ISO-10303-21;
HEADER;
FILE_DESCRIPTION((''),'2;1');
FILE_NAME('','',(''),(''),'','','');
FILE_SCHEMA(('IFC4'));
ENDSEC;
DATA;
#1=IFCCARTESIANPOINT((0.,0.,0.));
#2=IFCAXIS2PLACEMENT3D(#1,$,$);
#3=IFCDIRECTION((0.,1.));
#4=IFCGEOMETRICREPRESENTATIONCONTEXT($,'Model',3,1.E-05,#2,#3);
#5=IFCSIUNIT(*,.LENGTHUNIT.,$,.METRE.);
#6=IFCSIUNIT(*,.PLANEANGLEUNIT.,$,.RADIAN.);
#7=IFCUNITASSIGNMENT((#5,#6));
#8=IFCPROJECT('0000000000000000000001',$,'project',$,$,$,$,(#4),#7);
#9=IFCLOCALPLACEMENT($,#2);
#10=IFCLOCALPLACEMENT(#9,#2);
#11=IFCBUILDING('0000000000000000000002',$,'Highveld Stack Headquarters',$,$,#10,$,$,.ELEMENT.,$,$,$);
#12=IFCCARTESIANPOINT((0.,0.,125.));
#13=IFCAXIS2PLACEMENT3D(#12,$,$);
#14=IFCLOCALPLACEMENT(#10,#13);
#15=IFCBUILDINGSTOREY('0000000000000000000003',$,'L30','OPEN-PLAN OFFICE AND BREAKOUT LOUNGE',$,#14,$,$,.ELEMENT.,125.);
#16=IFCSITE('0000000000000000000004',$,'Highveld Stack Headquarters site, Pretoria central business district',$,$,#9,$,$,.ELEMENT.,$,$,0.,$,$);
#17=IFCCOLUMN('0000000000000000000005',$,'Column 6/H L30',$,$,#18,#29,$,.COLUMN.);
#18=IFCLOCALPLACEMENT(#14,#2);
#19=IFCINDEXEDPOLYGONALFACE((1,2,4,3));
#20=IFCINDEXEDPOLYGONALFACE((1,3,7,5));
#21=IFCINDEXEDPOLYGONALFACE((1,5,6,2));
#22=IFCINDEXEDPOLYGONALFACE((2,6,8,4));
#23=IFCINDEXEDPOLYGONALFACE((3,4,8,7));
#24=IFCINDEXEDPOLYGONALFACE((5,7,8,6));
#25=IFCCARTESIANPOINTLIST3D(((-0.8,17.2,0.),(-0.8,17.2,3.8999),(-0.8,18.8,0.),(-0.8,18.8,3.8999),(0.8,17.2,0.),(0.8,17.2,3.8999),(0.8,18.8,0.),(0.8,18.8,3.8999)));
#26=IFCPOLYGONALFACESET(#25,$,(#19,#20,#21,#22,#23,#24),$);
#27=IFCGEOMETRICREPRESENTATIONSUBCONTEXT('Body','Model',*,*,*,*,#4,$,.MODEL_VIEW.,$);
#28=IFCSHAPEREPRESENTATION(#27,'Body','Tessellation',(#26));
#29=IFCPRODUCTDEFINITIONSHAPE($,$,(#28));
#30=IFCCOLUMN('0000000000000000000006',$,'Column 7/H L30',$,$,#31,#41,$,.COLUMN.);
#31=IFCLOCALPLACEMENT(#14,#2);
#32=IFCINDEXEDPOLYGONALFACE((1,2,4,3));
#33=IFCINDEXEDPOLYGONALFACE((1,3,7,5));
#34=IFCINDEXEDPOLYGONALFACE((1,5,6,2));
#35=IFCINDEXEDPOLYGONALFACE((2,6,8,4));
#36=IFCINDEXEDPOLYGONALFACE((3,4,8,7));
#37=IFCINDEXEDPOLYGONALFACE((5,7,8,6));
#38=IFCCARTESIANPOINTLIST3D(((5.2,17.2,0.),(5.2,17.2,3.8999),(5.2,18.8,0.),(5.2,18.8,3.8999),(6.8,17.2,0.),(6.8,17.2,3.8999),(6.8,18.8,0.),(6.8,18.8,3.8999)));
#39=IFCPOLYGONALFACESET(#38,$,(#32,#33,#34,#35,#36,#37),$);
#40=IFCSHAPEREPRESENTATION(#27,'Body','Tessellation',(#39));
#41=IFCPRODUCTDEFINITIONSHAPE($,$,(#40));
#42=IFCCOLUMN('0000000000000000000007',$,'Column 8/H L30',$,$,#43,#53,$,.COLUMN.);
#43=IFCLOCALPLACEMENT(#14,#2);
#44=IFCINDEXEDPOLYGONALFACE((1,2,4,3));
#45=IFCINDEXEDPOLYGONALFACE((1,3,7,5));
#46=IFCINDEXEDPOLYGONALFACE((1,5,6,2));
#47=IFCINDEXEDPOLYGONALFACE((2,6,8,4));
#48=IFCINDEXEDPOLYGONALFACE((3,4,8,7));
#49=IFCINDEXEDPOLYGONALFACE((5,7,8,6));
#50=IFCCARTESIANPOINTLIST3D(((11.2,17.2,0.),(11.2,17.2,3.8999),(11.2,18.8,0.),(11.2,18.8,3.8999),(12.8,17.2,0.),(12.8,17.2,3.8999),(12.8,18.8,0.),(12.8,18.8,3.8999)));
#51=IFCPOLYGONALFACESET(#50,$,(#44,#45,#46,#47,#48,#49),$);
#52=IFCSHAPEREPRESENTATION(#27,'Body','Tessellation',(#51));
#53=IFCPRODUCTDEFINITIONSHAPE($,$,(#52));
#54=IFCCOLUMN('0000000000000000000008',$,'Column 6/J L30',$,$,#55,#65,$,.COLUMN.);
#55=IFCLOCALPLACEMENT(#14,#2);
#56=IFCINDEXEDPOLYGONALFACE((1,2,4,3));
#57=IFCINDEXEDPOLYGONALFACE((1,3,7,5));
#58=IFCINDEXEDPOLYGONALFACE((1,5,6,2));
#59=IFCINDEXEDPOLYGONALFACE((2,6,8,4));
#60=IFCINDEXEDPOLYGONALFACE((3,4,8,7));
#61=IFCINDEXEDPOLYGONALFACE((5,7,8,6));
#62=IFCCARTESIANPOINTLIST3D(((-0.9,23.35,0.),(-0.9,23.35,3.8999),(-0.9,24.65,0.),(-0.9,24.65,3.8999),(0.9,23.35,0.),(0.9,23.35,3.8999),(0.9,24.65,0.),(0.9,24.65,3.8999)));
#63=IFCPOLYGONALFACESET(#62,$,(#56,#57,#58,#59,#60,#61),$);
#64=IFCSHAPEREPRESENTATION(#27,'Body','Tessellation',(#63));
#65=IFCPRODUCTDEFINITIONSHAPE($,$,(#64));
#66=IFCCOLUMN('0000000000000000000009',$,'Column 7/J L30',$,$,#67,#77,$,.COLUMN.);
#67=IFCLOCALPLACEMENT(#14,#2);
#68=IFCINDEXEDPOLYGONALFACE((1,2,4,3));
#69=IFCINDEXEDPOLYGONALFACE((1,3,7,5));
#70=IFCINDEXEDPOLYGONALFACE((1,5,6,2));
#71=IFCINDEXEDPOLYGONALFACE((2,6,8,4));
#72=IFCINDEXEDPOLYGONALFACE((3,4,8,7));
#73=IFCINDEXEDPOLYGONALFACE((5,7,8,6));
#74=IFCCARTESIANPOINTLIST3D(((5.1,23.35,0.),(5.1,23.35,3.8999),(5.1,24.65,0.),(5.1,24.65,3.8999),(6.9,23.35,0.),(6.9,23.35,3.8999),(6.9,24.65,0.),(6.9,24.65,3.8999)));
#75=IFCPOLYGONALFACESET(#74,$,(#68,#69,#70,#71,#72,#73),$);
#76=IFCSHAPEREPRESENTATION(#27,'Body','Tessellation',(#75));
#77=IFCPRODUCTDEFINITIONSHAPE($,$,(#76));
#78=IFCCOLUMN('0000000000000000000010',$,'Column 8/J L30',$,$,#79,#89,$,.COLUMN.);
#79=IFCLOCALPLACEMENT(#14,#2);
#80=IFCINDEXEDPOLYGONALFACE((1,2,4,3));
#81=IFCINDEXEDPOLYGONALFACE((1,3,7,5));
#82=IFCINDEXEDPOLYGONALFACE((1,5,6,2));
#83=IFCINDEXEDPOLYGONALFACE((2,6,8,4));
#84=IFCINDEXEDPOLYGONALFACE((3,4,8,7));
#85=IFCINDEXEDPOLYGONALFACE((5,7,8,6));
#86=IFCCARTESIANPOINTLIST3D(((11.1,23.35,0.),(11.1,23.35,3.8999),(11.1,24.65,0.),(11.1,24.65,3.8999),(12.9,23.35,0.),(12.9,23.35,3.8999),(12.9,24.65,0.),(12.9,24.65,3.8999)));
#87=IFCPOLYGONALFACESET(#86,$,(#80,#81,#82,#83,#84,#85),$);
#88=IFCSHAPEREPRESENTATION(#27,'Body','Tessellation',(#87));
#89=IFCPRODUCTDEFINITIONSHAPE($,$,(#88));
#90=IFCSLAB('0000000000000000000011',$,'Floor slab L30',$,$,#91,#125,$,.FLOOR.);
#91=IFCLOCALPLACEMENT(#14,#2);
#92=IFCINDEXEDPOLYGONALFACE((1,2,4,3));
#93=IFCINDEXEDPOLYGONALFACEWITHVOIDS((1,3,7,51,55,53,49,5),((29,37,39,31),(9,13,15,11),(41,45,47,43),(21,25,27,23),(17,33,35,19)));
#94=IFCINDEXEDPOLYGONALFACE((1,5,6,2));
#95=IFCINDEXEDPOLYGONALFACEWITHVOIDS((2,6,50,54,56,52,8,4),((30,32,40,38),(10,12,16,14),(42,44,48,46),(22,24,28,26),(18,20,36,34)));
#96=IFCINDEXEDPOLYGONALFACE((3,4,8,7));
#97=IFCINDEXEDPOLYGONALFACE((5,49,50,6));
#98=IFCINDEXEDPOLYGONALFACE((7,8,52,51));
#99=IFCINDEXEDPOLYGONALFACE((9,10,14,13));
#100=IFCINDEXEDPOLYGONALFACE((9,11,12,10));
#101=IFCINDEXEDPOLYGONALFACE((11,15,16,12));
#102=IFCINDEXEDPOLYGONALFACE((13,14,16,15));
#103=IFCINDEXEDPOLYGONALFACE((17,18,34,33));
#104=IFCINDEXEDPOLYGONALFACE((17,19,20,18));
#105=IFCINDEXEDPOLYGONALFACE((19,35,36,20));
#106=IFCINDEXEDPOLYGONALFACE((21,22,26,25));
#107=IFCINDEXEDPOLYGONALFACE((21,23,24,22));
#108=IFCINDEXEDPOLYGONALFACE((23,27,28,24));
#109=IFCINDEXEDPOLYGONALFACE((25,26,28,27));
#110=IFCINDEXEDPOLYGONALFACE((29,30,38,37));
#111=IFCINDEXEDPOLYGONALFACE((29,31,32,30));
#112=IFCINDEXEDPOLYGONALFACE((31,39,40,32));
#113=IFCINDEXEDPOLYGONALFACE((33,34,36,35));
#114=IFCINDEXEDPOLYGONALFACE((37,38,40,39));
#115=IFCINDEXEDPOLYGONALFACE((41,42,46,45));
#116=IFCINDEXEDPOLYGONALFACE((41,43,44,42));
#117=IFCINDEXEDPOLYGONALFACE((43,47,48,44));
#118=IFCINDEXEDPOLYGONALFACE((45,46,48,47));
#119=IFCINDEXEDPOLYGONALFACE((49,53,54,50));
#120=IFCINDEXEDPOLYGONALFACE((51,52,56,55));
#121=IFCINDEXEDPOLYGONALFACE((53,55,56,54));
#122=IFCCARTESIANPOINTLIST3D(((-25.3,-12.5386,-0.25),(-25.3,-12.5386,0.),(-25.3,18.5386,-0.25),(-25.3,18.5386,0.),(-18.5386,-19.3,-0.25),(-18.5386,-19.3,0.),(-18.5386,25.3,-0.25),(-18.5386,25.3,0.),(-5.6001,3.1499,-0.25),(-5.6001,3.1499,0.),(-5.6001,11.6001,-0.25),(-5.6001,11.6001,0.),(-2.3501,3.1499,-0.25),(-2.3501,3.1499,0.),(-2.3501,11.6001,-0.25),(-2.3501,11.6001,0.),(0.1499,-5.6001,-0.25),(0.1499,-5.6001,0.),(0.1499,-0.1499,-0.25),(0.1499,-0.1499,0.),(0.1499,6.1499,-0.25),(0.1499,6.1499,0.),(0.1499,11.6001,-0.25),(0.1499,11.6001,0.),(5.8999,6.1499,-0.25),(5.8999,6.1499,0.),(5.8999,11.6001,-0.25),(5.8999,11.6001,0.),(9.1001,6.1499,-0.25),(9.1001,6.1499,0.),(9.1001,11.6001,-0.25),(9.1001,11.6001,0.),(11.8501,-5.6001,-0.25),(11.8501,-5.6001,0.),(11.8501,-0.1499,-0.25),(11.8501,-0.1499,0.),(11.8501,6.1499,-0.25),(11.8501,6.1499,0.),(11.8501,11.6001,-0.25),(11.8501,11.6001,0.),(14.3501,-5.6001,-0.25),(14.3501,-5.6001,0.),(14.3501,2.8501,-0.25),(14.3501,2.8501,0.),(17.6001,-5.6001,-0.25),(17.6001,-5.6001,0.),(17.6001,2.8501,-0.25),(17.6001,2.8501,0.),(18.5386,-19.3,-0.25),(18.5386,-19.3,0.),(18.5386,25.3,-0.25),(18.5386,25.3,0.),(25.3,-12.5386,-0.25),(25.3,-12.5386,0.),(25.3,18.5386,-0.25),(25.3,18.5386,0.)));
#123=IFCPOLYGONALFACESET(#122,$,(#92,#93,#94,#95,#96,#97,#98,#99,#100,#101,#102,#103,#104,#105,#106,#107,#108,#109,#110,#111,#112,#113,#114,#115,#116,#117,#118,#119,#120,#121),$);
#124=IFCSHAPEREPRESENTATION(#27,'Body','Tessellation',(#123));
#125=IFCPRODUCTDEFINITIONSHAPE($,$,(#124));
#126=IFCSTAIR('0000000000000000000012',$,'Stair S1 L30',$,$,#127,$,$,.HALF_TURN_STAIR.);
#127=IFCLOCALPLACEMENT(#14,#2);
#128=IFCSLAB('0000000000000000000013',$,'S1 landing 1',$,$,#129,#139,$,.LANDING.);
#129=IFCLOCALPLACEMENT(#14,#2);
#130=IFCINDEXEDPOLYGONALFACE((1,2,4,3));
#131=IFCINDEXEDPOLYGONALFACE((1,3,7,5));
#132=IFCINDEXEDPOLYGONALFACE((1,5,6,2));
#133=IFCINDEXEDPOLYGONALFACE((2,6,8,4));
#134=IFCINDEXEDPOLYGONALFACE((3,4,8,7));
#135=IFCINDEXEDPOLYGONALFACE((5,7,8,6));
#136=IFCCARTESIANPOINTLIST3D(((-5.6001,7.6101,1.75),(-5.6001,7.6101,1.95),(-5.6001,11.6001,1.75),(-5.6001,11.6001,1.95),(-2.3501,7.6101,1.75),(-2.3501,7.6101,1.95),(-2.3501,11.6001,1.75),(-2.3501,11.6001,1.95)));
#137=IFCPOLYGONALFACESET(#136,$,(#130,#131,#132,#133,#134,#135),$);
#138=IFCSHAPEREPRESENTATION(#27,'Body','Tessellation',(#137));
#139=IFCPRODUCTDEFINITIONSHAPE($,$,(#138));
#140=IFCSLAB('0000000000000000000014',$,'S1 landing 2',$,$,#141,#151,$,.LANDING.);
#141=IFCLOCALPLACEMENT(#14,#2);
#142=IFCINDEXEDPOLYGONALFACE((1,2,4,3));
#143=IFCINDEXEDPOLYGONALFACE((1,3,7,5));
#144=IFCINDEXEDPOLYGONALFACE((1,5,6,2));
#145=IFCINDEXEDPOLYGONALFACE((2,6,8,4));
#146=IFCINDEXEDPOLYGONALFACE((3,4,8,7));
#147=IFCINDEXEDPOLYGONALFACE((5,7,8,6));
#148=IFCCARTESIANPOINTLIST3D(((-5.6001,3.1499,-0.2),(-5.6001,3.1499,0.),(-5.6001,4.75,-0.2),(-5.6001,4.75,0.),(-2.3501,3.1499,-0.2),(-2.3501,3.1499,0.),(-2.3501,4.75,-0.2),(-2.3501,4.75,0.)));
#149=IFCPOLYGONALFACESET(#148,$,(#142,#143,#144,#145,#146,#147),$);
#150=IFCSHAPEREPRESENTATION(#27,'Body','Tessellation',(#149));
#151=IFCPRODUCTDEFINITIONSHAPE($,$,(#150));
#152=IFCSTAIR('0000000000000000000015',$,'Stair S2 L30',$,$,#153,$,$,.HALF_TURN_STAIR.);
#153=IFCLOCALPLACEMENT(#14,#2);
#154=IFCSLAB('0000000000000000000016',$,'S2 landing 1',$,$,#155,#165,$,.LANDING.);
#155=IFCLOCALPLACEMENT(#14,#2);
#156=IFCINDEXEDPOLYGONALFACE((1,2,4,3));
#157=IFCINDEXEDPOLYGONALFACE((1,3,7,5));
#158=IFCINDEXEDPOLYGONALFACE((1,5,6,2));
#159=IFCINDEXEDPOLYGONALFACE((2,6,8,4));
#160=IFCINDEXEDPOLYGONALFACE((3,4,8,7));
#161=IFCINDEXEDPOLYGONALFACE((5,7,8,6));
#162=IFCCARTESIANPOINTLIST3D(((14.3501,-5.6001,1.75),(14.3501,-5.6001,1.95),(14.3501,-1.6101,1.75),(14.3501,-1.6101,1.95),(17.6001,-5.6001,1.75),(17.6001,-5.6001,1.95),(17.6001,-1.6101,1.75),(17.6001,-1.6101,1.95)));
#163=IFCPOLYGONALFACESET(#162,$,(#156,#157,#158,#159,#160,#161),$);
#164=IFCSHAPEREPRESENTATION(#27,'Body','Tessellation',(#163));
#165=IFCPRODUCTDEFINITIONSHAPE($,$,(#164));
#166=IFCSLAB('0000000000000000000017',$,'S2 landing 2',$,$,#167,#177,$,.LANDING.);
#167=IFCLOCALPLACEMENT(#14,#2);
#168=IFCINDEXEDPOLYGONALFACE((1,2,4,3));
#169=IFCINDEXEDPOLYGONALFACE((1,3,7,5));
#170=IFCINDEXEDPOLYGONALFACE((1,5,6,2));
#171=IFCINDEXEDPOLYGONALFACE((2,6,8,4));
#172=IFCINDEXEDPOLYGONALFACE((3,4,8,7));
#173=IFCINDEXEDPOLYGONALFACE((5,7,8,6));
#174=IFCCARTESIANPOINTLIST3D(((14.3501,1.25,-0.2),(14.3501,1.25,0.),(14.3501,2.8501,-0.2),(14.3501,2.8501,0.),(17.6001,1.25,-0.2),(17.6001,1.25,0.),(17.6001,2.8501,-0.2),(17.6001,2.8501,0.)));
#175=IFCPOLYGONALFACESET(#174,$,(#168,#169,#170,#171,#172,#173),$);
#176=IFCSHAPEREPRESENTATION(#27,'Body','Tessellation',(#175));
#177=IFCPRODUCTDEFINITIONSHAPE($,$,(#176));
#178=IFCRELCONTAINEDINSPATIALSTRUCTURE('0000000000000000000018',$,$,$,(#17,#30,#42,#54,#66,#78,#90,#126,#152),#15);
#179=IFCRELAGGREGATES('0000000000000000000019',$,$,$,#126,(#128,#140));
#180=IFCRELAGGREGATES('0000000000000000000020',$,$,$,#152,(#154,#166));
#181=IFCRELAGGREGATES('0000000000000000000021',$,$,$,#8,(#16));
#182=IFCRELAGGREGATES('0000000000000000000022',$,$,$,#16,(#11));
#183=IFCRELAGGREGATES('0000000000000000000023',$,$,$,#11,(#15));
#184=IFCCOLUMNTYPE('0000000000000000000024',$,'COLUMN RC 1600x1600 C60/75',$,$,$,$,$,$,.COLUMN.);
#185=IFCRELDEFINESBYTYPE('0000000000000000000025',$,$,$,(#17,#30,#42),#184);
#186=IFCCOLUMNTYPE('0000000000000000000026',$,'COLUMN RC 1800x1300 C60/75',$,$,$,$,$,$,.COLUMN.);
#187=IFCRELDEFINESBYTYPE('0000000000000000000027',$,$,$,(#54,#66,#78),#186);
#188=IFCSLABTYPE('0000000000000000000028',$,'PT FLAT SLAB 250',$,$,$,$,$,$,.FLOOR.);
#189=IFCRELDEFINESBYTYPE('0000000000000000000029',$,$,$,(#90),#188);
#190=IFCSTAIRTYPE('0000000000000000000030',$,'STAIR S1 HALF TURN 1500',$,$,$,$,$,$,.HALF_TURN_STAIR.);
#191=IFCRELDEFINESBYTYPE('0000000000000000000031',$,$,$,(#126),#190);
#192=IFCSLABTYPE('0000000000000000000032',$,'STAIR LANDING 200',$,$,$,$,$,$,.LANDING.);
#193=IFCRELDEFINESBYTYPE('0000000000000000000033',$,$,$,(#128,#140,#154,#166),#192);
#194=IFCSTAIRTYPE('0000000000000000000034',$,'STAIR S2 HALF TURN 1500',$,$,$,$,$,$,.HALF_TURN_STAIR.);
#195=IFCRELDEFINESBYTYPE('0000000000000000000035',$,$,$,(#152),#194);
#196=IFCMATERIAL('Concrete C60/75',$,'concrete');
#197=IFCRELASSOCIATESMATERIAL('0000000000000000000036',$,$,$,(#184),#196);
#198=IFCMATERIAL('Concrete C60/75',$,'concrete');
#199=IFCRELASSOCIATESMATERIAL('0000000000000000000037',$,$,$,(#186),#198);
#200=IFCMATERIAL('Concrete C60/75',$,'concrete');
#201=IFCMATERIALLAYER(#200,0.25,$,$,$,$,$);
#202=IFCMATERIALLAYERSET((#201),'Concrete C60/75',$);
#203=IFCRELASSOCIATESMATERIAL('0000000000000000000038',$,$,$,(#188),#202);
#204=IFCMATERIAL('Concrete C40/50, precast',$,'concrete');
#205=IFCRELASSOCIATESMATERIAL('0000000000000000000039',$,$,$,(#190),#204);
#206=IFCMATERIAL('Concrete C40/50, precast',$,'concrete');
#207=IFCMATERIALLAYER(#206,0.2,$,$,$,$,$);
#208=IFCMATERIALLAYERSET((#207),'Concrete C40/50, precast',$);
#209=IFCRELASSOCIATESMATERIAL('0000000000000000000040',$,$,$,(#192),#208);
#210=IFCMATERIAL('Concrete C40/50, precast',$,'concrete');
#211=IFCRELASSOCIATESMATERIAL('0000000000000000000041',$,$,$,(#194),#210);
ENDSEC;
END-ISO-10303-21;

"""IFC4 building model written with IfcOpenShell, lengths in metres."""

from ifc_helpers import new_model, si_unit, direction, frame, origin, origin_2d, place, context, subcontext, project, spatial, polyline, rectangle, outline, extrude, material, layer, layer_set, material_profile, profile_set, type_object, element, aggregate, save


model = new_model("IFC4")

# Units and contexts
model_context = context("Model", 3, precision=1e-05, world=origin(), true_north=direction((0.0, 1.0)))
body_context = subcontext(model_context, "Body", "Model", "MODEL_VIEW")
ifc_project = project(units=[si_unit("LENGTHUNIT", "METRE"), si_unit("PLANEANGLEUNIT", "RADIAN")], contexts=[model_context])

# Site, building, storey
site_placement = place(None, origin())
site = spatial("IfcSite", under=ifc_project, at=site_placement, Name="Highveld Stack Headquarters site, Pretoria central business district", CompositionType="ELEMENT", RefElevation=0.0)
building_placement = place(site_placement, origin())
building = spatial("IfcBuilding", under=site, at=building_placement, Name="Highveld Stack Headquarters", CompositionType="ELEMENT")
storey_placement = place(building_placement, frame((0.0, 0.0, 125.0)))
storey = spatial("IfcBuildingStorey", under=building, at=storey_placement, Name="L30", Description="OPEN-PLAN OFFICE AND BREAKOUT LOUNGE", CompositionType="ELEMENT", Elevation=125.0)

# Columns
ifc_material_1 = material(Name="Concrete C60/75", Category="concrete")
ifc_material_profile_1 = material_profile(ifc_material_1, rectangle(XDim=1.6001, YDim=1.6001, at=origin_2d()), Name="RC 1600x1600")
ifc_profile_set_1 = profile_set([ifc_material_profile_1], Name="Concrete C60/75")
column_type_1 = type_object("IfcColumnType", Name="COLUMN RC 1600x1600 C60/75", PredefinedType="COLUMN", material=ifc_profile_set_1)
for number, where, z_axis, x_axis, name in (
    (1, (0.0, 18.0, 0.0), (0.0, 0.0, 1.0), (1.0, 0.0, 0.0), "Column 6/H L30"),
    (2, (6.0, 18.0, 0.0), (0.0, 0.0, 1.0), (1.0, 0.0, 0.0), "Column 7/H L30"),
    (3, (12.0, 18.0, 0.0), (0.0, 0.0, 1.0), (1.0, 0.0, 0.0), "Column 8/H L30"),
):
    element("IfcColumn", number, at=place(storey_placement, frame(where, z_axis=z_axis, x_axis=x_axis)), inside=storey, type_object=column_type_1, Name=name, PredefinedType="COLUMN", context=body_context, shape_type="SweptSolid", body=[
        extrude(rectangle(XDim=1.6001, YDim=1.6001, at=origin_2d()), origin(), (0.0, 0.0, 1.0), 3.8999),
    ])
ifc_material_2 = material(Name="Concrete C60/75", Category="concrete")
ifc_material_profile_2 = material_profile(ifc_material_2, rectangle(XDim=1.8, YDim=1.3, at=origin_2d()), Name="RC 1800x1300")
ifc_profile_set_2 = profile_set([ifc_material_profile_2], Name="Concrete C60/75")
column_type_2 = type_object("IfcColumnType", Name="COLUMN RC 1800x1300 C60/75", PredefinedType="COLUMN", material=ifc_profile_set_2)
for number, where, z_axis, x_axis, name in (
    (4, (0.0, 24.0, 0.0), (0.0, 0.0, 1.0), (1.0, 0.0, 0.0), "Column 6/J L30"),
    (5, (6.0, 24.0, 0.0), (0.0, 0.0, 1.0), (1.0, 0.0, 0.0), "Column 7/J L30"),
    (6, (12.0, 24.0, 0.0), (0.0, 0.0, 1.0), (1.0, 0.0, 0.0), "Column 8/J L30"),
):
    element("IfcColumn", number, at=place(storey_placement, frame(where, z_axis=z_axis, x_axis=x_axis)), inside=storey, type_object=column_type_2, Name=name, PredefinedType="COLUMN", context=body_context, shape_type="SweptSolid", body=[
        extrude(rectangle(XDim=1.8, YDim=1.3, at=origin_2d()), origin(), (0.0, 0.0, 1.0), 3.8999),
    ])

# Slab
ifc_material_3 = material(Name="Concrete C60/75", Category="concrete")
ifc_layer_1 = layer(ifc_material_3, 0.25)
ifc_layer_set_1 = layer_set([ifc_layer_1], Name="Concrete C60/75")
slab_type_1 = type_object("IfcSlabType", Name="PT FLAT SLAB 250", PredefinedType="FLOOR", material=ifc_layer_set_1)
slab_1_placement = place(storey_placement, frame((0.0, 0.0, -0.25)))
element("IfcSlab", 7, at=slab_1_placement, inside=storey, type_object=slab_type_1, Name="Floor slab L30", PredefinedType="FLOOR", context=body_context, shape_type="SweptSolid", body=[
    extrude(outline(polyline([(-18.5386, -19.3), (18.5386, -19.3), (25.3, -12.5386), (25.3, 18.5386), (18.5386, 25.3), (-18.5386, 25.3), (-25.3, 18.5386), (-25.3, -12.5386), (-18.5386, -19.3)]), holes=[polyline([(0.1499, 6.1499), (5.8999, 6.1499), (5.8999, 11.6001), (0.1499, 11.6001), (0.1499, 6.1499)]), polyline([(9.1001, 6.1499), (11.8501, 6.1499), (11.8501, 11.6001), (9.1001, 11.6001), (9.1001, 6.1499)]), polyline([(0.1499, -5.6001), (11.8501, -5.6001), (11.8501, -0.1499), (0.1499, -0.1499), (0.1499, -5.6001)]), polyline([(-5.6001, 3.1499), (-2.3501, 3.1499), (-2.3501, 11.6001), (-5.6001, 11.6001), (-5.6001, 3.1499)]), polyline([(14.3501, -5.6001), (17.6001, -5.6001), (17.6001, 2.8501), (14.3501, 2.8501), (14.3501, -5.6001)])]), origin(), (0.0, 0.0, 1.0), 0.25),
])

# Stairs, slabs
ifc_material_4 = material(Name="Concrete C40/50, precast", Category="concrete")
stair_type_1 = type_object("IfcStairType", Name="STAIR S1 HALF TURN 1500", PredefinedType="HALF_TURN_STAIR", material=ifc_material_4)
stair_1_placement = place(storey_placement, origin())
stair_1 = element("IfcStair", 8, at=stair_1_placement, inside=storey, type_object=stair_type_1, Name="Stair S1 L30", PredefinedType="HALF_TURN_STAIR")
ifc_material_5 = material(Name="Concrete C40/50, precast", Category="concrete")
ifc_layer_2 = layer(ifc_material_5, 0.2)
ifc_layer_set_2 = layer_set([ifc_layer_2], Name="Concrete C40/50, precast")
slab_type_2 = type_object("IfcSlabType", Name="STAIR LANDING 200", PredefinedType="LANDING", material=ifc_layer_set_2)
slab_2_placement = place(storey_placement, frame((0.0, 0.0, 1.75)))
slab_2 = element("IfcSlab", 9, at=slab_2_placement, type_object=slab_type_2, Name="S1 landing 1", PredefinedType="LANDING", context=body_context, shape_type="SweptSolid", body=[
    extrude(outline(polyline([(-5.6001, 7.6101), (-2.3501, 7.6101), (-2.3501, 11.6001), (-5.6001, 11.6001), (-5.6001, 7.6101)])), origin(), (0.0, 0.0, 1.0), 0.2),
])
slab_3_placement = place(storey_placement, frame((0.0, 0.0, -0.2)))
slab_3 = element("IfcSlab", 10, at=slab_3_placement, type_object=slab_type_2, Name="S1 landing 2", PredefinedType="LANDING", context=body_context, shape_type="SweptSolid", body=[
    extrude(outline(polyline([(-5.6001, 3.1499), (-2.3501, 3.1499), (-2.3501, 4.75), (-5.6001, 4.75), (-5.6001, 3.1499)])), origin(), (0.0, 0.0, 1.0), 0.2),
])
aggregate(stair_1, [slab_2, slab_3])
ifc_material_6 = material(Name="Concrete C40/50, precast", Category="concrete")
stair_type_2 = type_object("IfcStairType", Name="STAIR S2 HALF TURN 1500", PredefinedType="HALF_TURN_STAIR", material=ifc_material_6)
stair_2_placement = place(storey_placement, origin())
stair_2 = element("IfcStair", 11, at=stair_2_placement, inside=storey, type_object=stair_type_2, Name="Stair S2 L30", PredefinedType="HALF_TURN_STAIR")
slab_4_placement = place(storey_placement, frame((0.0, 0.0, 1.75)))
slab_4 = element("IfcSlab", 12, at=slab_4_placement, type_object=slab_type_2, Name="S2 landing 1", PredefinedType="LANDING", context=body_context, shape_type="SweptSolid", body=[
    extrude(outline(polyline([(14.3501, -5.6001), (17.6001, -5.6001), (17.6001, -1.6101), (14.3501, -1.6101), (14.3501, -5.6001)])), origin(), (0.0, 0.0, 1.0), 0.2),
])
slab_5_placement = place(storey_placement, frame((0.0, 0.0, -0.2)))
slab_5 = element("IfcSlab", 13, at=slab_5_placement, type_object=slab_type_2, Name="S2 landing 2", PredefinedType="LANDING", context=body_context, shape_type="SweptSolid", body=[
    extrude(outline(polyline([(14.3501, 1.25), (17.6001, 1.25), (17.6001, 2.8501), (14.3501, 2.8501), (14.3501, 1.25)])), origin(), (0.0, 0.0, 1.0), 0.2),
])
aggregate(stair_2, [slab_4, slab_5])

save(model, "model.ifc")
